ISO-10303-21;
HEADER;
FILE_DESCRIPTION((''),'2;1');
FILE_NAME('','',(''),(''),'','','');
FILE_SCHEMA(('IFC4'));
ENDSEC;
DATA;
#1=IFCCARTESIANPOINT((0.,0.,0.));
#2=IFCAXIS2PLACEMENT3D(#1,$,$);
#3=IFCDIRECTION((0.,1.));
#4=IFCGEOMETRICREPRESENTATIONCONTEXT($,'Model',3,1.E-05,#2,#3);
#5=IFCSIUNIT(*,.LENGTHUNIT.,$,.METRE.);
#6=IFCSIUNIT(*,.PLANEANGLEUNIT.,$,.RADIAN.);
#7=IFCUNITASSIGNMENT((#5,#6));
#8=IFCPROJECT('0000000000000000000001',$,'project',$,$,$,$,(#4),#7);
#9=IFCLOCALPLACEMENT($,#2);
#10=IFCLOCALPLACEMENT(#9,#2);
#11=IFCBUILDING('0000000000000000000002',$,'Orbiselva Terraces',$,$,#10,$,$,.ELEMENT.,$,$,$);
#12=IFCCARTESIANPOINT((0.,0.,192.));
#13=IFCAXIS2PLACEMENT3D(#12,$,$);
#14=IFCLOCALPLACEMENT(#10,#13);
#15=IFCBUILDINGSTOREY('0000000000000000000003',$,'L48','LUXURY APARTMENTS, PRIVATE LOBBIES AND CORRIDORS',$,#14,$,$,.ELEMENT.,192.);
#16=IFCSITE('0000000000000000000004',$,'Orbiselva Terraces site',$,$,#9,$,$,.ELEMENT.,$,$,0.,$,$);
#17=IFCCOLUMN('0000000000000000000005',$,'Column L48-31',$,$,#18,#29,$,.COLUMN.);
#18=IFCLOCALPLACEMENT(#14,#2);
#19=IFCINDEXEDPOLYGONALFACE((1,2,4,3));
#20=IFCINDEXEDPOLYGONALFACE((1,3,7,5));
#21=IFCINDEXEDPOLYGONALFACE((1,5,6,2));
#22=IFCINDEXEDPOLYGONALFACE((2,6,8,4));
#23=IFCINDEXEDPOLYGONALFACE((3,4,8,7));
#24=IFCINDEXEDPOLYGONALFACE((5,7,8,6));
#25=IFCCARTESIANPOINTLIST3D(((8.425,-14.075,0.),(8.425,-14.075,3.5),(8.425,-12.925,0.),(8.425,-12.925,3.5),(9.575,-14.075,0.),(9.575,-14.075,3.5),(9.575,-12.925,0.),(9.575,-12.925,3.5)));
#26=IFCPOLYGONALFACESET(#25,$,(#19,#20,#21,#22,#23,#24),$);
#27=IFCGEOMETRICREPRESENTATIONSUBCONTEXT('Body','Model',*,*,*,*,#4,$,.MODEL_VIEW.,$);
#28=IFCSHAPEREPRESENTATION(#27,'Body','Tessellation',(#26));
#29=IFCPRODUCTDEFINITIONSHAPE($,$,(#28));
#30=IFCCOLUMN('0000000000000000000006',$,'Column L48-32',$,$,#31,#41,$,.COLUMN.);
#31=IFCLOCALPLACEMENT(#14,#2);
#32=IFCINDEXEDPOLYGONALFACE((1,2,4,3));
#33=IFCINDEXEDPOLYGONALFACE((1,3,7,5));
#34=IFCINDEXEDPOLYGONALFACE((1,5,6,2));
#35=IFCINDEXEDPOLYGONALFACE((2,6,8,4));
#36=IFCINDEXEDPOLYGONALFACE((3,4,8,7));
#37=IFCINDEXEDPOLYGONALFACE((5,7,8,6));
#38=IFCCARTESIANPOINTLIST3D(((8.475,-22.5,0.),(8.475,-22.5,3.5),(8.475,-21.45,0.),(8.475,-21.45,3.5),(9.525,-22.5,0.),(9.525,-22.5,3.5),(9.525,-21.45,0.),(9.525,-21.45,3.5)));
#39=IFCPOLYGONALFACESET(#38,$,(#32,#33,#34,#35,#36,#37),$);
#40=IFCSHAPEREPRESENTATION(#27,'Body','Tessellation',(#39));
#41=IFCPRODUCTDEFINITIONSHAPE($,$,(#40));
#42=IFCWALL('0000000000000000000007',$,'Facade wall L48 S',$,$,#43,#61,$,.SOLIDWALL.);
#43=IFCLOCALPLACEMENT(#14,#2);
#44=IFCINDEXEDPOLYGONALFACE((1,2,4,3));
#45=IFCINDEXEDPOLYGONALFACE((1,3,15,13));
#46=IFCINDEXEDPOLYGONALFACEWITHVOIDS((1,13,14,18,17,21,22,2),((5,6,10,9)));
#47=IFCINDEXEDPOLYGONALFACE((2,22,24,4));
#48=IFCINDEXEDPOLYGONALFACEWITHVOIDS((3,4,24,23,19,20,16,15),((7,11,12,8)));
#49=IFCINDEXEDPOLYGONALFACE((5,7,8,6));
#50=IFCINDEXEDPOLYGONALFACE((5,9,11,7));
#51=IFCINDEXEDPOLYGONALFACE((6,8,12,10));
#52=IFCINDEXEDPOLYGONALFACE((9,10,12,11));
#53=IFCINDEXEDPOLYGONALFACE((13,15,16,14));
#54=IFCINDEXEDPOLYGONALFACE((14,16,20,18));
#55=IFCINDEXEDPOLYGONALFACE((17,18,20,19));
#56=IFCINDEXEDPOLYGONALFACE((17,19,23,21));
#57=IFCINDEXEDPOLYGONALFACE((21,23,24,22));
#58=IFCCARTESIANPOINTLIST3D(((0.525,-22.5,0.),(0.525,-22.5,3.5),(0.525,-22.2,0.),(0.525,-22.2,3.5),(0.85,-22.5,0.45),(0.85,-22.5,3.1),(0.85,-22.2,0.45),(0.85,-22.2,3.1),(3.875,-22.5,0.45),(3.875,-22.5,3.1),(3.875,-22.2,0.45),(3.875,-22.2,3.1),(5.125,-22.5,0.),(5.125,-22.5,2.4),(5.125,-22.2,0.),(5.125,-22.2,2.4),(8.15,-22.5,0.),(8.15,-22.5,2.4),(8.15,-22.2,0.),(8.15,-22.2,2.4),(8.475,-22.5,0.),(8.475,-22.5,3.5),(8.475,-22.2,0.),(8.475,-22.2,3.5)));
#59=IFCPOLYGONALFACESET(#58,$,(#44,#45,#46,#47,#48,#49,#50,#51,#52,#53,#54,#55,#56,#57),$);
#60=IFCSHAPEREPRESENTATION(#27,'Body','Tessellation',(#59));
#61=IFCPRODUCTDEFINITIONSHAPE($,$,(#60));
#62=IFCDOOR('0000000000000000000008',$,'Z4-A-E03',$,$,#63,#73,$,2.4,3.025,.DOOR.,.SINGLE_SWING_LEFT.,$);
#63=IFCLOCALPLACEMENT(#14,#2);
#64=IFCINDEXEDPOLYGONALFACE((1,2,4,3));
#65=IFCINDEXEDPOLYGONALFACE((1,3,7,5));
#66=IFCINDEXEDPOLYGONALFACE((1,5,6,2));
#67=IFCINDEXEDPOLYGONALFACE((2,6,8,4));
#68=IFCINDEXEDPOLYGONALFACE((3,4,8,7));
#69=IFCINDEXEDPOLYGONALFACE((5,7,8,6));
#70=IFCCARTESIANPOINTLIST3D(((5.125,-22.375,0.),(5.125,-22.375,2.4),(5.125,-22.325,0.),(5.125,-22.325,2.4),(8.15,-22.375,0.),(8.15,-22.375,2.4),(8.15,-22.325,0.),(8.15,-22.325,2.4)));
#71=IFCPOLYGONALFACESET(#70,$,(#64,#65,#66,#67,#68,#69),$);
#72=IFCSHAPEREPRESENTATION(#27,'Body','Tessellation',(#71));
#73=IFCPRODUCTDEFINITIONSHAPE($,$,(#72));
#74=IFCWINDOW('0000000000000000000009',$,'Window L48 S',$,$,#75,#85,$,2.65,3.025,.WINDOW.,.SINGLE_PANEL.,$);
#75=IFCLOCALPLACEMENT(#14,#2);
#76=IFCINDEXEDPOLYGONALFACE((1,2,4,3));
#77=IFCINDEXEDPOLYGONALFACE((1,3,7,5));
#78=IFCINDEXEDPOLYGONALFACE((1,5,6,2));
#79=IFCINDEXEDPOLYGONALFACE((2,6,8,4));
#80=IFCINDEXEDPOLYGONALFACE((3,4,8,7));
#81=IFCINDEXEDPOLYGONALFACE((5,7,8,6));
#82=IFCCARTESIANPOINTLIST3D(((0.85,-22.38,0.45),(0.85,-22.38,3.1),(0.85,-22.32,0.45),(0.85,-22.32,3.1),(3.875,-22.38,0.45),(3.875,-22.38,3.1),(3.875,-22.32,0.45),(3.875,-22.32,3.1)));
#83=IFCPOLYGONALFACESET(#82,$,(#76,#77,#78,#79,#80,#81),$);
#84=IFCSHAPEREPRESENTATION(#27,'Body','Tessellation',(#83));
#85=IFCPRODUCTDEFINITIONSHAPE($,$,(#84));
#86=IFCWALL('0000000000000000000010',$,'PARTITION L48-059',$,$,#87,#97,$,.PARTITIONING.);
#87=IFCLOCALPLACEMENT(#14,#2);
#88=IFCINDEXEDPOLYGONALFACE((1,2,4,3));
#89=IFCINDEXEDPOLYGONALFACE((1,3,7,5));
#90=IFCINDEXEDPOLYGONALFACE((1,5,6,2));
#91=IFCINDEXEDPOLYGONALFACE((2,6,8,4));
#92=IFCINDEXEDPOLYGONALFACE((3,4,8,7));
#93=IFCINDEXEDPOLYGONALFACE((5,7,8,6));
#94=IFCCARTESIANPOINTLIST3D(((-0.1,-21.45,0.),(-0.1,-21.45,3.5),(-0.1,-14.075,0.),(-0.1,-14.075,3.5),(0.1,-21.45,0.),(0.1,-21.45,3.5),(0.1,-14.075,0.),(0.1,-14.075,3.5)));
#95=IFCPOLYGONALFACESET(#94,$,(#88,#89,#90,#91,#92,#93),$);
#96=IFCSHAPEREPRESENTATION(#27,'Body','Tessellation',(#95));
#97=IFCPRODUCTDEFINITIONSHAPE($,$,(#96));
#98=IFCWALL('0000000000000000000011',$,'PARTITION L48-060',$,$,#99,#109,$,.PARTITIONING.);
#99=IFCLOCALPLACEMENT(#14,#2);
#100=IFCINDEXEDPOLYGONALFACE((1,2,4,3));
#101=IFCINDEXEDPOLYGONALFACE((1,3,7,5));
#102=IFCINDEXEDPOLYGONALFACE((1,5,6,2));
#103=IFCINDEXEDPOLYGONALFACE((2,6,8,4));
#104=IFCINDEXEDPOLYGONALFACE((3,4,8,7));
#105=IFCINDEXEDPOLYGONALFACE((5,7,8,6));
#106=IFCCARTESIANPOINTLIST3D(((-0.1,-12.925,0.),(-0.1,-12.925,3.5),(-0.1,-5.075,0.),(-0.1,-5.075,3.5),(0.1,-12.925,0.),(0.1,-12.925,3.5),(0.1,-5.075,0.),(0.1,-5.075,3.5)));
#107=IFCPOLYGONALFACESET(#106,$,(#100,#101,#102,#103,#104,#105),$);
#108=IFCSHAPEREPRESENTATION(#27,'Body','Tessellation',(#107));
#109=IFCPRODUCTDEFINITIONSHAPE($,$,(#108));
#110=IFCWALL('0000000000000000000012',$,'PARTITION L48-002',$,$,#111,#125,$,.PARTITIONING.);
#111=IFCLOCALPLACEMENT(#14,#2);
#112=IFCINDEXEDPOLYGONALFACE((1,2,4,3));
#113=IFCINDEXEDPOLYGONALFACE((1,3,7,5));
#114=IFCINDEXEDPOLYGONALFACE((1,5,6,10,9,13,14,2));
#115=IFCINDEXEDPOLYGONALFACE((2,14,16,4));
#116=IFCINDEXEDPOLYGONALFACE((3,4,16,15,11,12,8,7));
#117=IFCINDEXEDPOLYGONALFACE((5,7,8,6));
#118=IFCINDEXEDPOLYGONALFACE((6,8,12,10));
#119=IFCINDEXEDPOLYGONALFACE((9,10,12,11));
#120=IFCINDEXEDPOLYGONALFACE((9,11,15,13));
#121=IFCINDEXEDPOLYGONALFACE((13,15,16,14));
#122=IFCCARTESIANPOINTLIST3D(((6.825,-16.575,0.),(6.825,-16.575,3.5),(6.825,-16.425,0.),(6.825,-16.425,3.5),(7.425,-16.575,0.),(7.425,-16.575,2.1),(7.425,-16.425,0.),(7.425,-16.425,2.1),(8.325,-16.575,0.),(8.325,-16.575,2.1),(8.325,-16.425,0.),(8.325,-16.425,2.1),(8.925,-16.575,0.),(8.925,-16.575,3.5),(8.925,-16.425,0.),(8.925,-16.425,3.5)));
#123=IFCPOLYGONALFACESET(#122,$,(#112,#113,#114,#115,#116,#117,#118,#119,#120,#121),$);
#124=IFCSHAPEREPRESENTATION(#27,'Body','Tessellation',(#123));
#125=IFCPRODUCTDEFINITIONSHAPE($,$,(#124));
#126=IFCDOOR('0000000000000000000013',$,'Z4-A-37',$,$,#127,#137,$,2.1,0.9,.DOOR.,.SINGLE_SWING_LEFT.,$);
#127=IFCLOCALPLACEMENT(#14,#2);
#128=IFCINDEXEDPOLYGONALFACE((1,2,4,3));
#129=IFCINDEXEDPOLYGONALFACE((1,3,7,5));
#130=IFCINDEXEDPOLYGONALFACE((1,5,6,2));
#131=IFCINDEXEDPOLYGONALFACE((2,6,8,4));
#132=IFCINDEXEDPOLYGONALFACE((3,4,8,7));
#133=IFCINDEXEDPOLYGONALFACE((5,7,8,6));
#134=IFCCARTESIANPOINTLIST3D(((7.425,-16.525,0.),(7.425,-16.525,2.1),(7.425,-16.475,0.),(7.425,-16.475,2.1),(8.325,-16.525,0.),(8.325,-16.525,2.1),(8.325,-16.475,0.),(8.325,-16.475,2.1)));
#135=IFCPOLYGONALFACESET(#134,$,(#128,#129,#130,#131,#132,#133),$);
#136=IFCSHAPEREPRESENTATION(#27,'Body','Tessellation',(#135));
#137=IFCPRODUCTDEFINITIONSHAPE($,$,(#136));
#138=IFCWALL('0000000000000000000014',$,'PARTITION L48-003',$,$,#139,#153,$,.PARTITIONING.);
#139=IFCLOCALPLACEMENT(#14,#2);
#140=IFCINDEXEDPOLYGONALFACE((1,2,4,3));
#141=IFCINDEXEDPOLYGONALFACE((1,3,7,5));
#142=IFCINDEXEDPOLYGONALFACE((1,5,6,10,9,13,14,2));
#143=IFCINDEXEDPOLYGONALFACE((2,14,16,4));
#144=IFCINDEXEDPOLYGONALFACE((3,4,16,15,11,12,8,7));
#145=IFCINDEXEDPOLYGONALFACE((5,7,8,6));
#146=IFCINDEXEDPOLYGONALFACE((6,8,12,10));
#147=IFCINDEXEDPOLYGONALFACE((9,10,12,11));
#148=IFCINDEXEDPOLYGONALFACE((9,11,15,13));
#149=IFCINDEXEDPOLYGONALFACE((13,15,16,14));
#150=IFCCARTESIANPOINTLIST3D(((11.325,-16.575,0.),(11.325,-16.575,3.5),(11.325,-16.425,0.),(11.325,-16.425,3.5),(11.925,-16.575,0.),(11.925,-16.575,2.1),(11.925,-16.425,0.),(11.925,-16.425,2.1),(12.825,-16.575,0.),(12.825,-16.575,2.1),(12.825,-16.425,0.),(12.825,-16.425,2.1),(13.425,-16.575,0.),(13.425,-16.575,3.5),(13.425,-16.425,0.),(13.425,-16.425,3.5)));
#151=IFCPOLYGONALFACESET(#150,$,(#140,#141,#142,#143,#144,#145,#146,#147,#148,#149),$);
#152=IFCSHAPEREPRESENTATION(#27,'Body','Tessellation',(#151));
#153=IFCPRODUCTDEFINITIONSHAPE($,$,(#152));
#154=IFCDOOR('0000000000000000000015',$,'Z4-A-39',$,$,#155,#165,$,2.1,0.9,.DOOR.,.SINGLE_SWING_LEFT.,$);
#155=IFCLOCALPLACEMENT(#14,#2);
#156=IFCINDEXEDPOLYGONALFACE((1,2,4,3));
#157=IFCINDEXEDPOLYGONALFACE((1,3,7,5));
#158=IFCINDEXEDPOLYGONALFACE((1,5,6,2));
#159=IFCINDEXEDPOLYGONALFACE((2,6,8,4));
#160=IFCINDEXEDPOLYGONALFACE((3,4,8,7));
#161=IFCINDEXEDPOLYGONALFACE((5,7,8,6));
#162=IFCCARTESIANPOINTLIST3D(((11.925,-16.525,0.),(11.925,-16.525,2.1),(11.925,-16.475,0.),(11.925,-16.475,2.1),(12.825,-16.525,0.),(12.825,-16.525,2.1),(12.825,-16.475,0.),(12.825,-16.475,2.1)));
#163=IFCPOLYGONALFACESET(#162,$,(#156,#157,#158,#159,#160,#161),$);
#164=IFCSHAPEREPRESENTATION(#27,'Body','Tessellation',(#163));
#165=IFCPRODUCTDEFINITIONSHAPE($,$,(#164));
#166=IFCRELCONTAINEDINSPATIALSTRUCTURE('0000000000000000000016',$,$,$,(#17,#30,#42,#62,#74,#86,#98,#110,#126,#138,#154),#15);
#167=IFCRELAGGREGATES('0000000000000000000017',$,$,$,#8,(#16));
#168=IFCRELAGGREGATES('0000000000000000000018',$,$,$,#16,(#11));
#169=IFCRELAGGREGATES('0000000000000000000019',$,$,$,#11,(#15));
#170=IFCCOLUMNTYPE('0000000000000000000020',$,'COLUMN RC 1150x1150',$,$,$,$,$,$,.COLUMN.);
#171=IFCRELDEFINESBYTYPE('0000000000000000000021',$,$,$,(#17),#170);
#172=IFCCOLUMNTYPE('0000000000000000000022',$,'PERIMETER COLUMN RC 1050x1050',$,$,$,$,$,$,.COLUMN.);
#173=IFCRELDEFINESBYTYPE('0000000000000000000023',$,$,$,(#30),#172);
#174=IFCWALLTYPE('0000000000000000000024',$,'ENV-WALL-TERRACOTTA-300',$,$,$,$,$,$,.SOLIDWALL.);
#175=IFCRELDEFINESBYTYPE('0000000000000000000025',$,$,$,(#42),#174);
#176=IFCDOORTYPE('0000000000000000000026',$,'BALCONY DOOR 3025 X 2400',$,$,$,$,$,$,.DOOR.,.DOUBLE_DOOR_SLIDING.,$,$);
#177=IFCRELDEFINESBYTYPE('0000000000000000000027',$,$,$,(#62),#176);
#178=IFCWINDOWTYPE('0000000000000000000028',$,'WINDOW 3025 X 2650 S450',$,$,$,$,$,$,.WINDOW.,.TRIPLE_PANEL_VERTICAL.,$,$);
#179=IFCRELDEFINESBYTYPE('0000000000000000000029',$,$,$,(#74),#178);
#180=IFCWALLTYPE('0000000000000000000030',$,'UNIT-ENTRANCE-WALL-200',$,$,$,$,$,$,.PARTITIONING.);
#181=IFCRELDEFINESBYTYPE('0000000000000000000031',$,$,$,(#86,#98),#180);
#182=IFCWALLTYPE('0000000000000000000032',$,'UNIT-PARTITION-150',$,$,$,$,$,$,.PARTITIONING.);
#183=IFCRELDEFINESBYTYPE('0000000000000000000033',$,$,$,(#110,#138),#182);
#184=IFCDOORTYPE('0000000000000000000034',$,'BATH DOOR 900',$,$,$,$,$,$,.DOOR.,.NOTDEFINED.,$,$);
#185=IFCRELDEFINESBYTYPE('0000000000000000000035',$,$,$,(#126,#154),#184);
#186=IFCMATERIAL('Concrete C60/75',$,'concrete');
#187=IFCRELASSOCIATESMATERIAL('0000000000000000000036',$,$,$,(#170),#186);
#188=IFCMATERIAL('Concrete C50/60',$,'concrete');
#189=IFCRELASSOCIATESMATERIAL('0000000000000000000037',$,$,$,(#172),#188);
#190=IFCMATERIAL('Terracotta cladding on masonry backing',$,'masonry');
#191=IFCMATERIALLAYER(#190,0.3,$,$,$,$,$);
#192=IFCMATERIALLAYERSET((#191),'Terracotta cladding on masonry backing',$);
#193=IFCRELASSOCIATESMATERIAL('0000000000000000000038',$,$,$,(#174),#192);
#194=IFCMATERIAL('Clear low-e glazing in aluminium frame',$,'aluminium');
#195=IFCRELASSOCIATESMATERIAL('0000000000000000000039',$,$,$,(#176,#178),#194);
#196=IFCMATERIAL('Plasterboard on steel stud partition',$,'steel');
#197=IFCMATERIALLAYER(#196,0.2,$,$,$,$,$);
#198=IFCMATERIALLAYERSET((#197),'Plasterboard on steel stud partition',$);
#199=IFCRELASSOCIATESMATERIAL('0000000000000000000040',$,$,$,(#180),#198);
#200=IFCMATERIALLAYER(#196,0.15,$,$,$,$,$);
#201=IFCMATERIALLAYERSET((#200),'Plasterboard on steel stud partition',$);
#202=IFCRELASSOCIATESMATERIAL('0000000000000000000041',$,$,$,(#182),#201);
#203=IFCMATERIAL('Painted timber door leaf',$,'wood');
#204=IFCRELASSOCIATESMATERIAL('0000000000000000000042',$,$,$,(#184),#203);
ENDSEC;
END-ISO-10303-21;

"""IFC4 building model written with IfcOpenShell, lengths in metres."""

from ifc_helpers import new_model, si_unit, direction, frame, frame_2d, origin, origin_2d, place, context, subcontext, project, spatial, rectangle, extrude, material, layer, layer_set, material_profile, profile_set, type_object, element, fill, save


model = new_model("IFC4")

# Units and contexts
model_context = context("Model", 3, precision=1e-05, world=origin(), true_north=direction((0.0, 1.0)))
body_context = subcontext(model_context, "Body", "Model", "MODEL_VIEW")
ifc_project = project(units=[si_unit("LENGTHUNIT", "METRE"), si_unit("PLANEANGLEUNIT", "RADIAN")], contexts=[model_context])

# Site, building, storey
site_placement = place(None, origin())
site = spatial("IfcSite", under=ifc_project, at=site_placement, Name="Orbiselva Terraces site", CompositionType="ELEMENT", RefElevation=0.0)
building_placement = place(site_placement, origin())
building = spatial("IfcBuilding", under=site, at=building_placement, Name="Orbiselva Terraces", CompositionType="ELEMENT")
storey_placement = place(building_placement, frame((0.0, 0.0, 192.0)))
storey = spatial("IfcBuildingStorey", under=building, at=storey_placement, Name="L48", Description="LUXURY APARTMENTS, PRIVATE LOBBIES AND CORRIDORS", CompositionType="ELEMENT", Elevation=192.0)

# Columns
ifc_material_1 = material(Name="Concrete C60/75", Category="concrete")
ifc_material_profile_1 = material_profile(ifc_material_1, rectangle(XDim=1.15, YDim=1.15, at=origin_2d()), Name="RC 1150x1150")
ifc_profile_set_1 = profile_set([ifc_material_profile_1], Name="Concrete C60/75")
column_type_1 = type_object("IfcColumnType", Name="COLUMN RC 1150x1150", PredefinedType="COLUMN", material=ifc_profile_set_1)
column_1_placement = place(storey_placement, frame((9.0, -13.5, 0.0), z_axis=(0.0, 0.0, 1.0), x_axis=(1.0, 0.0, 0.0)))
element("IfcColumn", 1, at=column_1_placement, inside=storey, type_object=column_type_1, Name="Column L48-31", PredefinedType="COLUMN", context=body_context, shape_type="SweptSolid", body=[
    extrude(rectangle(XDim=1.15, YDim=1.15, at=origin_2d()), origin(), (0.0, 0.0, 1.0), 3.5),
])
ifc_material_2 = material(Name="Concrete C50/60", Category="concrete")
ifc_material_profile_2 = material_profile(ifc_material_2, rectangle(XDim=1.05, YDim=1.05, at=origin_2d()), Name="RC 1050x1050")
ifc_profile_set_2 = profile_set([ifc_material_profile_2], Name="Concrete C50/60")
column_type_2 = type_object("IfcColumnType", Name="PERIMETER COLUMN RC 1050x1050", PredefinedType="COLUMN", material=ifc_profile_set_2)
column_2_placement = place(storey_placement, frame((9.0, -21.975, 0.0), z_axis=(0.0, 0.0, 1.0), x_axis=(1.0, 0.0, 0.0)))
element("IfcColumn", 2, at=column_2_placement, inside=storey, type_object=column_type_2, Name="Column L48-32", PredefinedType="COLUMN", context=body_context, shape_type="SweptSolid", body=[
    extrude(rectangle(XDim=1.05, YDim=1.05, at=origin_2d()), origin(), (0.0, 0.0, 1.0), 3.5),
])

# Wall, openings, door, window
ifc_material_3 = material(Name="Terracotta cladding on masonry backing", Category="masonry")
ifc_layer_1 = layer(ifc_material_3, 0.3)
ifc_layer_set_1 = layer_set([ifc_layer_1], Name="Terracotta cladding on masonry backing")
wall_type_1 = type_object("IfcWallType", Name="ENV-WALL-TERRACOTTA-300", PredefinedType="SOLIDWALL", material=ifc_layer_set_1)
wall_1_placement = place(storey_placement, frame((8.475, -22.35, 0.0), z_axis=(0.0, 0.0, 1.0), x_axis=(-1.0, 0.0, 0.0)))
wall_1 = element("IfcWall", 3, at=wall_1_placement, inside=storey, type_object=wall_type_1, Name="Facade wall L48 S", PredefinedType="SOLIDWALL", context=body_context, shape_type="SweptSolid", body=[
    extrude(rectangle(XDim=7.95, YDim=0.3, at=frame_2d((3.975, 0.0))), origin(), (0.0, 0.0, 1.0), 3.5),
])
opening_1_placement = place(wall_1_placement, frame((4.6, 0.0, 0.45)))
opening_1 = element("IfcOpeningElement", 4, at=opening_1_placement, cuts=wall_1, PredefinedType="OPENING", context=body_context, shape_type="SweptSolid", body=[
    extrude(rectangle(XDim=3.025, YDim=2.65, at=frame_2d((1.5125, 1.325))), frame((0.0, 0.16, 0.0), z_axis=(0.0, -1.0, 0.0), x_axis=(1.0, 0.0, 0.0)), (0.0, 0.0, 1.0), 0.32),
])
opening_2_placement = place(wall_1_placement, frame((0.325, 0.0, 0.0)))
opening_2 = element("IfcOpeningElement", 5, at=opening_2_placement, cuts=wall_1, PredefinedType="OPENING", context=body_context, shape_type="SweptSolid", body=[
    extrude(rectangle(XDim=3.025, YDim=2.4, at=frame_2d((1.5125, 1.2))), frame((0.0, 0.16, 0.0), z_axis=(0.0, -1.0, 0.0), x_axis=(1.0, 0.0, 0.0)), (0.0, 0.0, 1.0), 0.32),
])
ifc_material_4 = material(Name="Clear low-e glazing in aluminium frame", Category="aluminium")
door_type_1 = type_object("IfcDoorType", Name="BALCONY DOOR 3025 X 2400", OperationType="DOUBLE_DOOR_SLIDING", PredefinedType="DOOR", material=ifc_material_4)
door_1_placement = place(opening_2_placement, origin())
door_1 = element("IfcDoor", 6, at=door_1_placement, inside=storey, type_object=door_type_1, Name="Z4-A-E03", OperationType="SINGLE_SWING_LEFT", OverallHeight=2.4, OverallWidth=3.025, PredefinedType="DOOR", context=body_context, shape_type="SweptSolid", body=[
    extrude(rectangle(XDim=3.025, YDim=2.4, at=frame_2d((1.5125, 1.2))), frame((0.0, 0.025, 0.0), z_axis=(0.0, -1.0, 0.0), x_axis=(1.0, 0.0, 0.0)), (0.0, 0.0, 1.0), 0.05),
])
fill(opening_2, door_1)
window_type = type_object("IfcWindowType", Name="WINDOW 3025 X 2650 S450", PartitioningType="TRIPLE_PANEL_VERTICAL", PredefinedType="WINDOW", material=ifc_material_4)
window_placement = place(opening_1_placement, origin())
window = element("IfcWindow", 7, at=window_placement, inside=storey, type_object=window_type, Name="Window L48 S", OverallHeight=2.65, OverallWidth=3.025, PartitioningType="SINGLE_PANEL", PredefinedType="WINDOW", context=body_context, shape_type="SweptSolid", body=[
    extrude(rectangle(XDim=3.025, YDim=2.65, at=frame_2d((1.5125, 1.325))), frame((0.0, 0.03, 0.0), z_axis=(0.0, -1.0, 0.0), x_axis=(1.0, 0.0, 0.0)), (0.0, 0.0, 1.0), 0.06),
])
fill(opening_1, window)

# Walls
ifc_material_5 = material(Name="Plasterboard on steel stud partition", Category="steel")
ifc_layer_2 = layer(ifc_material_5, 0.2)
ifc_layer_set_2 = layer_set([ifc_layer_2], Name="Plasterboard on steel stud partition")
wall_type_2 = type_object("IfcWallType", Name="UNIT-ENTRANCE-WALL-200", PredefinedType="PARTITIONING", material=ifc_layer_set_2)
wall_2_placement = place(storey_placement, frame((0.0, -21.45, 0.0), z_axis=(0.0, 0.0, 1.0), x_axis=(0.0, 1.0, 0.0)))
element("IfcWall", 8, at=wall_2_placement, inside=storey, type_object=wall_type_2, Name="PARTITION L48-059", PredefinedType="PARTITIONING", context=body_context, shape_type="SweptSolid", body=[
    extrude(rectangle(XDim=7.375, YDim=0.2, at=frame_2d((3.6875, 0.0))), origin(), (0.0, 0.0, 1.0), 3.5),
])
wall_3_placement = place(storey_placement, frame((0.0, -12.925, 0.0), z_axis=(0.0, 0.0, 1.0), x_axis=(0.0, 1.0, 0.0)))
element("IfcWall", 9, at=wall_3_placement, inside=storey, type_object=wall_type_2, Name="PARTITION L48-060", PredefinedType="PARTITIONING", context=body_context, shape_type="SweptSolid", body=[
    extrude(rectangle(XDim=7.85, YDim=0.2, at=frame_2d((3.925, 0.0))), origin(), (0.0, 0.0, 1.0), 3.5),
])

# Walls, openings, doors
ifc_layer_3 = layer(ifc_material_5, 0.15)
ifc_layer_set_3 = layer_set([ifc_layer_3], Name="Plasterboard on steel stud partition")
wall_type_3 = type_object("IfcWallType", Name="UNIT-PARTITION-150", PredefinedType="PARTITIONING", material=ifc_layer_set_3)
wall_4_placement = place(storey_placement, frame((6.825, -16.5, 0.0), z_axis=(0.0, 0.0, 1.0), x_axis=(1.0, 0.0, 0.0)))
wall_4 = element("IfcWall", 10, at=wall_4_placement, inside=storey, type_object=wall_type_3, Name="PARTITION L48-002", PredefinedType="PARTITIONING", context=body_context, shape_type="SweptSolid", body=[
    extrude(rectangle(XDim=2.1, YDim=0.15, at=frame_2d((1.05, 0.0))), origin(), (0.0, 0.0, 1.0), 3.5),
])
opening_3_placement = place(wall_4_placement, frame((0.6, 0.0, 0.0)))
opening_3 = element("IfcOpeningElement", 11, at=opening_3_placement, cuts=wall_4, PredefinedType="OPENING", context=body_context, shape_type="SweptSolid", body=[
    extrude(rectangle(XDim=0.9, YDim=2.1, at=frame_2d((0.45, 1.05))), frame((0.0, 0.085, 0.0), z_axis=(0.0, -1.0, 0.0), x_axis=(1.0, 0.0, 0.0)), (0.0, 0.0, 1.0), 0.17),
])
ifc_material_6 = material(Name="Painted timber door leaf", Category="wood")
door_type_2 = type_object("IfcDoorType", Name="BATH DOOR 900", OperationType="NOTDEFINED", PredefinedType="DOOR", material=ifc_material_6)
door_2_placement = place(opening_3_placement, origin())
door_2 = element("IfcDoor", 12, at=door_2_placement, inside=storey, type_object=door_type_2, Name="Z4-A-37", OperationType="SINGLE_SWING_LEFT", OverallHeight=2.1, OverallWidth=0.9, PredefinedType="DOOR", context=body_context, shape_type="SweptSolid", body=[
    extrude(rectangle(XDim=0.9, YDim=2.1, at=frame_2d((0.45, 1.05))), frame((0.0, 0.025, 0.0), z_axis=(0.0, -1.0, 0.0), x_axis=(1.0, 0.0, 0.0)), (0.0, 0.0, 1.0), 0.05),
])
fill(opening_3, door_2)
wall_5_placement = place(storey_placement, frame((11.325, -16.5, 0.0), z_axis=(0.0, 0.0, 1.0), x_axis=(1.0, 0.0, 0.0)))
wall_5 = element("IfcWall", 13, at=wall_5_placement, inside=storey, type_object=wall_type_3, Name="PARTITION L48-003", PredefinedType="PARTITIONING", context=body_context, shape_type="SweptSolid", body=[
    extrude(rectangle(XDim=2.1, YDim=0.15, at=frame_2d((1.05, 0.0))), origin(), (0.0, 0.0, 1.0), 3.5),
])
opening_4_placement = place(wall_5_placement, frame((0.6, 0.0, 0.0)))
opening_4 = element("IfcOpeningElement", 14, at=opening_4_placement, cuts=wall_5, PredefinedType="OPENING", context=body_context, shape_type="SweptSolid", body=[
    extrude(rectangle(XDim=0.9, YDim=2.1, at=frame_2d((0.45, 1.05))), frame((0.0, 0.085, 0.0), z_axis=(0.0, -1.0, 0.0), x_axis=(1.0, 0.0, 0.0)), (0.0, 0.0, 1.0), 0.17),
])
door_3_placement = place(opening_4_placement, origin())
door_3 = element("IfcDoor", 15, at=door_3_placement, inside=storey, type_object=door_type_2, Name="Z4-A-39", OperationType="SINGLE_SWING_LEFT", OverallHeight=2.1, OverallWidth=0.9, PredefinedType="DOOR", context=body_context, shape_type="SweptSolid", body=[
    extrude(rectangle(XDim=0.9, YDim=2.1, at=frame_2d((0.45, 1.05))), frame((0.0, 0.025, 0.0), z_axis=(0.0, -1.0, 0.0), x_axis=(1.0, 0.0, 0.0)), (0.0, 0.0, 1.0), 0.05),
])
fill(opening_4, door_3)

save(model, "model.ifc")
